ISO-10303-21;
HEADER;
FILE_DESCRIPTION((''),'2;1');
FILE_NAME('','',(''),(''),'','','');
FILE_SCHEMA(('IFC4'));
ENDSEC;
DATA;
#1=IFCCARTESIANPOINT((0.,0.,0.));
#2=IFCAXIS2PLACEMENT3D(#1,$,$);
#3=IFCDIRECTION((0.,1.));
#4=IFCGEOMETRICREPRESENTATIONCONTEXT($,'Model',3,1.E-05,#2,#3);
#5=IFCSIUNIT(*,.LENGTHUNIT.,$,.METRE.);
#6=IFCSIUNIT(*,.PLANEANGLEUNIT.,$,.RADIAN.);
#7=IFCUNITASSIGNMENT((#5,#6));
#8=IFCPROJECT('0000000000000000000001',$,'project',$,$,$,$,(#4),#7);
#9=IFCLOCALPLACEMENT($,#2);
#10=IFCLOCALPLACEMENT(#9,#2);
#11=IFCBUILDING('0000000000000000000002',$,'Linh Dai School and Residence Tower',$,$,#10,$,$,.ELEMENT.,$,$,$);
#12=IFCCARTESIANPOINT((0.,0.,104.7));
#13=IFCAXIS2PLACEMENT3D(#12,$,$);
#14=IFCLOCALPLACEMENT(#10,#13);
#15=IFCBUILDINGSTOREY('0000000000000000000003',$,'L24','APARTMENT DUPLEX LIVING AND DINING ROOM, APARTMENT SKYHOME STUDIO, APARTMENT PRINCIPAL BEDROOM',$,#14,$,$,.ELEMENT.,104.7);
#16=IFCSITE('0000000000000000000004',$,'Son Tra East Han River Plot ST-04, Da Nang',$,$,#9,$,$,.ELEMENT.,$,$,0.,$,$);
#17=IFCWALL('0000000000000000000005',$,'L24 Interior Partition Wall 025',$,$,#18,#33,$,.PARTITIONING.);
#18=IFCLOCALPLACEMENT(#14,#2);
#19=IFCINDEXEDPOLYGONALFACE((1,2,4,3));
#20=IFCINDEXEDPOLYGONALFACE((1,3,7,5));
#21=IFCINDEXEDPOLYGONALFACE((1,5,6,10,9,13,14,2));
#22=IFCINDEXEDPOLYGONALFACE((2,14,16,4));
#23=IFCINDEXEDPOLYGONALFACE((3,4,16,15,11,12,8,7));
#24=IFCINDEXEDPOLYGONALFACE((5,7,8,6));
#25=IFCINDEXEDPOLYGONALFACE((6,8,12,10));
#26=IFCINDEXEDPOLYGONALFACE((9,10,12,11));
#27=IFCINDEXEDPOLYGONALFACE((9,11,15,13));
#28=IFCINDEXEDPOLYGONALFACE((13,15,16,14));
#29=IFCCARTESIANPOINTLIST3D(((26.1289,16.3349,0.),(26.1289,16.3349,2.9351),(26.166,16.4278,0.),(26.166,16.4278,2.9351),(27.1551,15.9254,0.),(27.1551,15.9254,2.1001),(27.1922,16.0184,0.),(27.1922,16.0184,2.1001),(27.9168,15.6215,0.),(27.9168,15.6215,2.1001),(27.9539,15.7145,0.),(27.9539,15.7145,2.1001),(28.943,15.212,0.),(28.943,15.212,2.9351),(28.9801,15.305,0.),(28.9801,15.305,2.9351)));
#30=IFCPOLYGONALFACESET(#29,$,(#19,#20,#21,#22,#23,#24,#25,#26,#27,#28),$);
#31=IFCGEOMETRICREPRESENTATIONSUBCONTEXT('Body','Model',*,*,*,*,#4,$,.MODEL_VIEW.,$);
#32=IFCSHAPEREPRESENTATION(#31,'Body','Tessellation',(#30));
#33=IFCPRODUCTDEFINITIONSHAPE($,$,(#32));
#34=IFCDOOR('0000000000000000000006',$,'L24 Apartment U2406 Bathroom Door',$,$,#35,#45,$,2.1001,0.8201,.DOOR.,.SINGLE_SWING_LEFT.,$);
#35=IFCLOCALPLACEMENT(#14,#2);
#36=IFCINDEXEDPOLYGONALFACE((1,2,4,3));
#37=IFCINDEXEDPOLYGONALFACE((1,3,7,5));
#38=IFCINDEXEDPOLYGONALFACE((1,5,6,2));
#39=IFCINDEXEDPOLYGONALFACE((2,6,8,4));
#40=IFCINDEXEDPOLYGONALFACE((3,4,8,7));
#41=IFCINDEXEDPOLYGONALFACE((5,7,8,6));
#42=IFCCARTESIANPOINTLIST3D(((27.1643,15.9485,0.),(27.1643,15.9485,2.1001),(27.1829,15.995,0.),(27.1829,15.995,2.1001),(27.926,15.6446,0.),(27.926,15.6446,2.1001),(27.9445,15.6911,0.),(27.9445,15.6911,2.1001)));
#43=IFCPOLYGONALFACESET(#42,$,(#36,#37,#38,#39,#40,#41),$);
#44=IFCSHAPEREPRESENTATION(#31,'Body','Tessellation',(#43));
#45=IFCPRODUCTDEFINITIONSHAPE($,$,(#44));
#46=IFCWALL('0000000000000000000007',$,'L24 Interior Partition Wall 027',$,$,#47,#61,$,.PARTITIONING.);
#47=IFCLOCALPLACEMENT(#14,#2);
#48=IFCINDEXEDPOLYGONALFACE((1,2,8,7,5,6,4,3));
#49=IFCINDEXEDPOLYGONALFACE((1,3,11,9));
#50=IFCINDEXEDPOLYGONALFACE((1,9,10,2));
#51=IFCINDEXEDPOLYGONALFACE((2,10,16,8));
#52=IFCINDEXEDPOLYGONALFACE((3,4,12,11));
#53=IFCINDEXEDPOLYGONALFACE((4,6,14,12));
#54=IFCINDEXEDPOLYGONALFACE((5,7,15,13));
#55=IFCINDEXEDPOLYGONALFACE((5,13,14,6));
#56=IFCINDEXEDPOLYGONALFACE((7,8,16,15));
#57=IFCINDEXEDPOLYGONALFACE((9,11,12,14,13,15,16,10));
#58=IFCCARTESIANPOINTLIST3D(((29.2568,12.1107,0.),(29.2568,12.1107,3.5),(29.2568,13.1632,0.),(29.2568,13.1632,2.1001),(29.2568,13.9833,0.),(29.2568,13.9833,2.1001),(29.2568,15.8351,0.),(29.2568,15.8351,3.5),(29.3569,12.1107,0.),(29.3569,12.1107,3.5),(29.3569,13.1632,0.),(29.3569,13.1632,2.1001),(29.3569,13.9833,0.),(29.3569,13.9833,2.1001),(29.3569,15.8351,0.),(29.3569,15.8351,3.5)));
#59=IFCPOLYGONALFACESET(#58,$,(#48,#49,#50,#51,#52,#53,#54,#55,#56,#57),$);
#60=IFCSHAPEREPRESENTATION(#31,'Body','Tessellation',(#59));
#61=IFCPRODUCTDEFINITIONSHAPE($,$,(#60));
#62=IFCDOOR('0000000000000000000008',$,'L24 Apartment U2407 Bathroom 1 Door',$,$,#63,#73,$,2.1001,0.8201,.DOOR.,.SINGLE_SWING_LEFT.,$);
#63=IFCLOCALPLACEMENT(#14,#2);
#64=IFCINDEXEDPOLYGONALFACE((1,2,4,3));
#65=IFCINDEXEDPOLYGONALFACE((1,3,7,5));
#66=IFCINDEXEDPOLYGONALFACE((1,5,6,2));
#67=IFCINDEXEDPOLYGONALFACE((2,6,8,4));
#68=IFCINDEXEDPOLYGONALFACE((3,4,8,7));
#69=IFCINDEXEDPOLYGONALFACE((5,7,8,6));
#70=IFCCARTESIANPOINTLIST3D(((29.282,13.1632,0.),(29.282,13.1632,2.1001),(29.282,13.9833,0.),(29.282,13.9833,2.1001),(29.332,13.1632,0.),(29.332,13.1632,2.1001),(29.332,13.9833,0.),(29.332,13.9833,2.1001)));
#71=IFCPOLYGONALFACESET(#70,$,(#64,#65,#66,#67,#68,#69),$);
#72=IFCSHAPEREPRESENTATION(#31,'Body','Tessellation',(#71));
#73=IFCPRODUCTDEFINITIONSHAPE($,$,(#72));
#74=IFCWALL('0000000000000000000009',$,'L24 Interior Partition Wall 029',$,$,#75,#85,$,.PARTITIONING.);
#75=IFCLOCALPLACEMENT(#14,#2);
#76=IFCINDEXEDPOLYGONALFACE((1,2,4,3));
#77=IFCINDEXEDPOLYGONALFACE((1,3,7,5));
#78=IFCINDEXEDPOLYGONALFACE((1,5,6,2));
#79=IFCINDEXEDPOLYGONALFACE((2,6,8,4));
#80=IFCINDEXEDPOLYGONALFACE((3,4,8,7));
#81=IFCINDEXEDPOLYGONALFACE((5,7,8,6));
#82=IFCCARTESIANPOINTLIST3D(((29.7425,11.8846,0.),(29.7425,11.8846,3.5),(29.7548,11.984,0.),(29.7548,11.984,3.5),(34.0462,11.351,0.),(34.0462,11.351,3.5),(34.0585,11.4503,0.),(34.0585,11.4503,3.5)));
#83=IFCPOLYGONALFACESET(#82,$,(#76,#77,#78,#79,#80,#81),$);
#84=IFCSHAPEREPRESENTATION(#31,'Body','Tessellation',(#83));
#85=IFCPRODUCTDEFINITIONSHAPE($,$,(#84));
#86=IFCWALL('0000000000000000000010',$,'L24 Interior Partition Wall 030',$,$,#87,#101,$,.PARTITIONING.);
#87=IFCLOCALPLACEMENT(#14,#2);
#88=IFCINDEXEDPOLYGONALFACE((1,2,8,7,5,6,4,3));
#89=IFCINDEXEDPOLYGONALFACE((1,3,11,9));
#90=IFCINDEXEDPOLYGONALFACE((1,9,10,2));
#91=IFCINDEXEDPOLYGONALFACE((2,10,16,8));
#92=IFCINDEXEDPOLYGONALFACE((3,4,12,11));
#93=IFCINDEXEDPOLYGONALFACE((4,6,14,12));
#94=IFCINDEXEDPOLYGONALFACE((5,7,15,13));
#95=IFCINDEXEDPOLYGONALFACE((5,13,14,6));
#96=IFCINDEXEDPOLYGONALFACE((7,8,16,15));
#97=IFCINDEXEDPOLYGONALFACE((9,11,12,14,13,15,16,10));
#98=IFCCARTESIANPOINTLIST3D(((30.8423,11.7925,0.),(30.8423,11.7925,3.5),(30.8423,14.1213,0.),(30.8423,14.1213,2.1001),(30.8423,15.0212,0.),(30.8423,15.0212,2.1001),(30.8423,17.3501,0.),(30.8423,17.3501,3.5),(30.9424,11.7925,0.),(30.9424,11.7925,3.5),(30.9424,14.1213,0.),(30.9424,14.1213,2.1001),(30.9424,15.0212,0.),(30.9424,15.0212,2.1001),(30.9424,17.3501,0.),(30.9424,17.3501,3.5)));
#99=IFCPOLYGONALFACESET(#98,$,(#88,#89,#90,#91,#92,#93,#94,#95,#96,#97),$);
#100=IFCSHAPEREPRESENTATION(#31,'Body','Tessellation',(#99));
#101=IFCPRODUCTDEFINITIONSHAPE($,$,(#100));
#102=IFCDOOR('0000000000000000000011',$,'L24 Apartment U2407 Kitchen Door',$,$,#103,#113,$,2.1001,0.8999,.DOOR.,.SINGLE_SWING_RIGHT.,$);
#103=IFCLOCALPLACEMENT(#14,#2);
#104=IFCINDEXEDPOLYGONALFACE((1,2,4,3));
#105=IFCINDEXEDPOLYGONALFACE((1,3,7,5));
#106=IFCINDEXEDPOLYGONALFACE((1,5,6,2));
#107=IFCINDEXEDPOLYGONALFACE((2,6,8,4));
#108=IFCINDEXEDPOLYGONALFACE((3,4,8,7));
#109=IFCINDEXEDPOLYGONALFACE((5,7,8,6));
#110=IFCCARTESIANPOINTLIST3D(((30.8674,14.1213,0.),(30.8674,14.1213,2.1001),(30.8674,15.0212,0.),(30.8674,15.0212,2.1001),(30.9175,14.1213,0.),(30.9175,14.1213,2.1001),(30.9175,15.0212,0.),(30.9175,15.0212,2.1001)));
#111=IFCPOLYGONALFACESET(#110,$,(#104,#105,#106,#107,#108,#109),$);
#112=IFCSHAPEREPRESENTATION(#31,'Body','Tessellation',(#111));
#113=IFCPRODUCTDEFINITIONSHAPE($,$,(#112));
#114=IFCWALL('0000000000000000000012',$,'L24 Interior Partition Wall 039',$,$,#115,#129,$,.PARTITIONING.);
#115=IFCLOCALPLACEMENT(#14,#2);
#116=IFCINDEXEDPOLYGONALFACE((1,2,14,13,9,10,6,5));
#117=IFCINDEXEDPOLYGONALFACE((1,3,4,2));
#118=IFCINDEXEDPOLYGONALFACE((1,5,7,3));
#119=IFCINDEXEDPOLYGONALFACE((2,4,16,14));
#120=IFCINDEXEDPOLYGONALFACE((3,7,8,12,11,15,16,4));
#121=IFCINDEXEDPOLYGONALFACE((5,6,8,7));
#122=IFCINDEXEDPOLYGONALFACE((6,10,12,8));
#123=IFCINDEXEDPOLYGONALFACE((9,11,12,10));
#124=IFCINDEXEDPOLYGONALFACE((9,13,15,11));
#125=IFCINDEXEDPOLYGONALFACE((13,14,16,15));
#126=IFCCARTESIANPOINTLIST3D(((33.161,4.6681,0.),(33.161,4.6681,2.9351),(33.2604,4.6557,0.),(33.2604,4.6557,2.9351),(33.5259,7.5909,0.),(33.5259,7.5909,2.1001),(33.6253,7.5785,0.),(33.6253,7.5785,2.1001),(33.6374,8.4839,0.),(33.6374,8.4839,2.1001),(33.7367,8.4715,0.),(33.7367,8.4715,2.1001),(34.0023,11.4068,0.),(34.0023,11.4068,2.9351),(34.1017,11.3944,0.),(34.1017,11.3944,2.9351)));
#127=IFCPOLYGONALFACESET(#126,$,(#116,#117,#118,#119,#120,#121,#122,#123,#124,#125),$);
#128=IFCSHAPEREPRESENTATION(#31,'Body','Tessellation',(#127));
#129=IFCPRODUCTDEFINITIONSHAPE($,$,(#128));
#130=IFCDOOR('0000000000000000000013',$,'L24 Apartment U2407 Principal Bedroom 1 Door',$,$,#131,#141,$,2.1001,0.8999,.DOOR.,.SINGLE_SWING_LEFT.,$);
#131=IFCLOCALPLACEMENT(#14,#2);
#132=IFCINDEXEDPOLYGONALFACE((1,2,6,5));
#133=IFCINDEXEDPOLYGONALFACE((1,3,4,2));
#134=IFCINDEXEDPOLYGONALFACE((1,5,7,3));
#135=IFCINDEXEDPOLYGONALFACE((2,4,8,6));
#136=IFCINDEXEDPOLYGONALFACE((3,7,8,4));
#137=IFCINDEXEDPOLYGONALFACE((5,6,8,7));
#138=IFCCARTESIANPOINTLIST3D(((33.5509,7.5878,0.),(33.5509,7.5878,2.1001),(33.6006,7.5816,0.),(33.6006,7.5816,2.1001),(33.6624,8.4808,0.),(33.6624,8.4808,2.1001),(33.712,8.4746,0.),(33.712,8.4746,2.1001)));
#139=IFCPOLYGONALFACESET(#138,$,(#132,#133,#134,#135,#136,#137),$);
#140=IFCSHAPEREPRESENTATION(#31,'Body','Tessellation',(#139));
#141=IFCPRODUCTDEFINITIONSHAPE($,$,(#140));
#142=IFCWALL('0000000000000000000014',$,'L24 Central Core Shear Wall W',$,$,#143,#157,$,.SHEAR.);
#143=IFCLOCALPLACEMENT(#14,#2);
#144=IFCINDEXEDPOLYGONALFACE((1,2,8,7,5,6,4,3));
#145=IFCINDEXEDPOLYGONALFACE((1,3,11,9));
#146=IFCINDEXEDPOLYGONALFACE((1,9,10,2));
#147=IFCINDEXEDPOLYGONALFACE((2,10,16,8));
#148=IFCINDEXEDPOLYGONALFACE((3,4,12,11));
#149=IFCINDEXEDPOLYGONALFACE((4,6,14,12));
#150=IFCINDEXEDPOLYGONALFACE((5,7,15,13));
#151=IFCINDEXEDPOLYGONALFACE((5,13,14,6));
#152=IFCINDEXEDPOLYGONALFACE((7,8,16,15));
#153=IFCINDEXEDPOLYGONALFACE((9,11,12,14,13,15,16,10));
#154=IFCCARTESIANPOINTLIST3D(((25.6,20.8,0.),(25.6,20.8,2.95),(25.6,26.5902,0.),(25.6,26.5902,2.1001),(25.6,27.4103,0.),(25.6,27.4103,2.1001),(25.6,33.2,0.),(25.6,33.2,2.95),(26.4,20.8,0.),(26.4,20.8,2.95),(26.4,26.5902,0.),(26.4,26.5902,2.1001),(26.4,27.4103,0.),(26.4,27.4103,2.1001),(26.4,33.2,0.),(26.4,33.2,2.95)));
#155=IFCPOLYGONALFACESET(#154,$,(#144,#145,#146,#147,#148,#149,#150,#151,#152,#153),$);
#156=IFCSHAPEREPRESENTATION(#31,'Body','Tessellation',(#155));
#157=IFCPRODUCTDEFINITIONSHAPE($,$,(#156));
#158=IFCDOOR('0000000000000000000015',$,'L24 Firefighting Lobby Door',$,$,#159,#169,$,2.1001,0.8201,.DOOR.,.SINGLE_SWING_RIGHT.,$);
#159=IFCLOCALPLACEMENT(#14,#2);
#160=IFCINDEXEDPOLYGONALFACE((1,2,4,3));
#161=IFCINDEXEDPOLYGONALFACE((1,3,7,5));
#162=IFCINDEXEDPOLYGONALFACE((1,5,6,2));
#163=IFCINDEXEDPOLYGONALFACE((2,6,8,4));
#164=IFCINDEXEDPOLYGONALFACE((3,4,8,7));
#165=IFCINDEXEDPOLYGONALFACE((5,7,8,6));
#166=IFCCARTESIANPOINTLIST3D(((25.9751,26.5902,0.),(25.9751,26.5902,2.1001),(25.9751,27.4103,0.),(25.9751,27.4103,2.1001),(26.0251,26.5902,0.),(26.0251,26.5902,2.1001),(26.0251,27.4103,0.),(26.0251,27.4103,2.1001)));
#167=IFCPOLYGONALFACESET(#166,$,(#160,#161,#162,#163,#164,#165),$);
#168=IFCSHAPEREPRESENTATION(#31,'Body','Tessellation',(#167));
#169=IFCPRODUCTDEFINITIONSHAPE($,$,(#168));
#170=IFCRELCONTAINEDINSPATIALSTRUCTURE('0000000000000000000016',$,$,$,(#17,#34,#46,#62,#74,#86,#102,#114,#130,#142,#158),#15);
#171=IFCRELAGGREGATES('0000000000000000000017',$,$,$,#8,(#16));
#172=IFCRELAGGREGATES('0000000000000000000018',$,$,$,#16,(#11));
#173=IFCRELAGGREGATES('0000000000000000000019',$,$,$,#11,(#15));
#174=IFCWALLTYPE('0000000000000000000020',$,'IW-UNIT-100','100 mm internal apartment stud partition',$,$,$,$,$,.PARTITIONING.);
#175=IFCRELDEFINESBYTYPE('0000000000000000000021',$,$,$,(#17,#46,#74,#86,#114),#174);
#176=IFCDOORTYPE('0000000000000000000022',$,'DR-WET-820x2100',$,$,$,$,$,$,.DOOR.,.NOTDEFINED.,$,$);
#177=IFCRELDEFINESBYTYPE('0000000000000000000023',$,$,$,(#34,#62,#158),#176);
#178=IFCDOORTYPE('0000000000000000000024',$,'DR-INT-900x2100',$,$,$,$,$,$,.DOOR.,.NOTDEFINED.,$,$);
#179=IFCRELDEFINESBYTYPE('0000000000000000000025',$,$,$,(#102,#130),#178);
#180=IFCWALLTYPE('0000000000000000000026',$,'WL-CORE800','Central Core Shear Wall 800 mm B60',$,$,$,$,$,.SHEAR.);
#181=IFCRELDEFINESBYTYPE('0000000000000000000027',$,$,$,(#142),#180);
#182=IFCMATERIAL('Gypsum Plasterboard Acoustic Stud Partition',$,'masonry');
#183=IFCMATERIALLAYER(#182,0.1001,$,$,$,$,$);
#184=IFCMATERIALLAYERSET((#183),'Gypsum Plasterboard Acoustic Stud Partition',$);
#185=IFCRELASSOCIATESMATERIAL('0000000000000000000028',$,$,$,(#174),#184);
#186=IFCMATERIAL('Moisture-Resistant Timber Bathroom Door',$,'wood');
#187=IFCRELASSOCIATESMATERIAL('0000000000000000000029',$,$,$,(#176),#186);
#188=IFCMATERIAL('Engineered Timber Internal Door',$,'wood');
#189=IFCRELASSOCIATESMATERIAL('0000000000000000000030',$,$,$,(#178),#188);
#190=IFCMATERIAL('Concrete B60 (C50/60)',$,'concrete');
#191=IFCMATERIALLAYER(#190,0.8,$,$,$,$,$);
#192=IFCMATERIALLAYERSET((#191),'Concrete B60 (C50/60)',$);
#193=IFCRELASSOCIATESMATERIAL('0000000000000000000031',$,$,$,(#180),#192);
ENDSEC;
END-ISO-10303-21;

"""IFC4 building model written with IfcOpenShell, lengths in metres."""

from ifc_helpers import new_model, si_unit, direction, frame, frame_2d, origin, origin_2d, place, context, subcontext, project, spatial, rectangle, extrude, source, transform, mapped, material, layer, layer_set, type_object, element, fill, save


model = new_model("IFC4")

# Units and contexts
model_context = context("Model", 3, precision=1e-05, world=origin(), true_north=direction((0.0, 1.0)))
body_context = subcontext(model_context, "Body", "Model", "MODEL_VIEW")
ifc_project = project(units=[si_unit("LENGTHUNIT", "METRE"), si_unit("PLANEANGLEUNIT", "RADIAN")], contexts=[model_context])

# Site, building, storey
site_placement = place(None, origin())
site = spatial("IfcSite", under=ifc_project, at=site_placement, Name="Son Tra East Han River Plot ST-04, Da Nang", CompositionType="ELEMENT", RefElevation=0.0)
building_placement = place(site_placement, origin())
building = spatial("IfcBuilding", under=site, at=building_placement, Name="Linh Dai School and Residence Tower", CompositionType="ELEMENT")
storey_placement = place(building_placement, frame((0.0, 0.0, 104.7)))
storey = spatial("IfcBuildingStorey", under=building, at=storey_placement, Name="L24", Description="APARTMENT DUPLEX LIVING AND DINING ROOM, APARTMENT SKYHOME STUDIO, APARTMENT PRINCIPAL BEDROOM", CompositionType="ELEMENT", Elevation=104.7)

# Walls, openings, doors
ifc_material_1 = material(Name="Gypsum Plasterboard Acoustic Stud Partition", Category="masonry")
ifc_layer_1 = layer(ifc_material_1, 0.1001)
ifc_layer_set_1 = layer_set([ifc_layer_1], Name="Gypsum Plasterboard Acoustic Stud Partition")
wall_type_1 = type_object("IfcWallType", Name="IW-UNIT-100", Description="100 mm internal apartment stud partition", PredefinedType="PARTITIONING", material=ifc_layer_set_1)
wall_1_placement = place(storey_placement, frame((26.1475, 16.3813, 0.0), z_axis=(0.0, 0.0, 1.0), x_axis=(0.928793, -0.370599, 0.0)))
wall_1 = element("IfcWall", 1, at=wall_1_placement, inside=storey, type_object=wall_type_1, Name="L24 Interior Partition Wall 025", PredefinedType="PARTITIONING", context=body_context, shape_type="SweptSolid", body=[
    extrude(rectangle(XDim=3.0298, YDim=0.1001, at=frame_2d((1.5149, 0.0))), origin(), (0.0, 0.0, 1.0), 2.9351),
])
opening_1_placement = place(wall_1_placement, frame((1.1047, 0.0, 0.0)))
opening_1 = element("IfcOpeningElement", 2, at=opening_1_placement, cuts=wall_1, PredefinedType="OPENING", context=body_context, shape_type="SweptSolid", body=[
    extrude(rectangle(XDim=0.8201, YDim=2.1001, at=origin_2d()), frame((0.4102, 0.0601, 1.05), z_axis=(0.0, -1.0, 0.0), x_axis=(1.0, 0.0, 0.0)), (0.0, 0.0, 1.0), 0.1201),
])
ifc_material_2 = material(Name="Moisture-Resistant Timber Bathroom Door", Category="wood")
door_type_1 = type_object("IfcDoorType", Name="DR-WET-820x2100", OperationType="NOTDEFINED", PredefinedType="DOOR", material=ifc_material_2)
shared_shape_1 = source(origin(), body_context, "Body", "SweptSolid", [
    extrude(rectangle(XDim=0.8201, YDim=2.1001, at=origin_2d()), frame((0.4102, 0.0249, 1.05), z_axis=(0.0, -1.0, 0.0), x_axis=(1.0, 0.0, 0.0)), (0.0, 0.0, 1.0), 0.05),
])
door_1_placement = place(opening_1_placement, origin())
door_1 = element("IfcDoor", 3, at=door_1_placement, inside=storey, type_object=door_type_1, Name="L24 Apartment U2406 Bathroom Door", OperationType="SINGLE_SWING_LEFT", OverallHeight=2.1001, OverallWidth=0.8201, PredefinedType="DOOR", context=body_context, shape_type="MappedRepresentation", body=[
    mapped(shared_shape_1, transform((0.0, 0.0, 0.0), x_axis=(1.0, 0.0, 0.0), y_axis=(0.0, 1.0, 0.0), z_axis=(0.0, 0.0, 1.0), scale=1.0)),
])
fill(opening_1, door_1)
wall_2_placement = place(storey_placement, frame((29.3069, 12.1106, 0.0), z_axis=(0.0, 0.0, 1.0), x_axis=(0.0, 1.0, 0.0)))
wall_2 = element("IfcWall", 4, at=wall_2_placement, inside=storey, type_object=wall_type_1, Name="L24 Interior Partition Wall 027", PredefinedType="PARTITIONING", context=body_context, shape_type="SweptSolid", body=[
    extrude(rectangle(XDim=3.7244, YDim=0.1001, at=frame_2d((1.8623, 0.0))), origin(), (0.0, 0.0, 1.0), 3.5),
])
opening_2_placement = place(wall_2_placement, frame((1.0525, 0.0, 0.0)))
opening_2 = element("IfcOpeningElement", 5, at=opening_2_placement, cuts=wall_2, PredefinedType="OPENING", context=body_context, shape_type="SweptSolid", body=[
    extrude(rectangle(XDim=0.8201, YDim=2.1001, at=origin_2d()), frame((0.4102, 0.0601, 1.05), z_axis=(0.0, -1.0, 0.0), x_axis=(1.0, 0.0, 0.0)), (0.0, 0.0, 1.0), 0.1201),
])
door_2_placement = place(opening_2_placement, origin())
door_2 = element("IfcDoor", 6, at=door_2_placement, inside=storey, type_object=door_type_1, Name="L24 Apartment U2407 Bathroom 1 Door", OperationType="SINGLE_SWING_LEFT", OverallHeight=2.1001, OverallWidth=0.8201, PredefinedType="DOOR", context=body_context, shape_type="MappedRepresentation", body=[
    mapped(shared_shape_1, transform((0.0, 0.0, 0.0), x_axis=(1.0, 0.0, 0.0), y_axis=(0.0, 1.0, 0.0), z_axis=(0.0, 0.0, 1.0), scale=1.0)),
])
fill(opening_2, door_2)

# Wall
wall_3_placement = place(storey_placement, frame((29.7485, 11.9343, 0.0), z_axis=(0.0, 0.0, 1.0), x_axis=(0.992399, -0.123065, 0.0)))
element("IfcWall", 7, at=wall_3_placement, inside=storey, type_object=wall_type_1, Name="L24 Interior Partition Wall 029", PredefinedType="PARTITIONING", context=body_context, shape_type="SweptSolid", body=[
    extrude(rectangle(XDim=4.3367, YDim=0.1001, at=frame_2d((2.1685, 0.0))), origin(), (0.0, 0.0, 1.0), 3.5),
])

# Walls, openings, doors
wall_4_placement = place(storey_placement, frame((30.8923, 11.7925, 0.0), z_axis=(0.0, 0.0, 1.0), x_axis=(0.0, 1.0, 0.0)))
wall_4 = element("IfcWall", 8, at=wall_4_placement, inside=storey, type_object=wall_type_1, Name="L24 Interior Partition Wall 030", PredefinedType="PARTITIONING", context=body_context, shape_type="SweptSolid", body=[
    extrude(rectangle(XDim=5.5576, YDim=0.1001, at=frame_2d((2.7788, 0.0))), origin(), (0.0, 0.0, 1.0), 3.5),
])
opening_3_placement = place(wall_4_placement, frame((2.3289, 0.0, 0.0)))
opening_3 = element("IfcOpeningElement", 9, at=opening_3_placement, cuts=wall_4, PredefinedType="OPENING", context=body_context, shape_type="SweptSolid", body=[
    extrude(rectangle(XDim=0.8999, YDim=2.1001, at=origin_2d()), frame((0.45, 0.0601, 1.05), z_axis=(0.0, -1.0, 0.0), x_axis=(1.0, 0.0, 0.0)), (0.0, 0.0, 1.0), 0.1201),
])
ifc_material_3 = material(Name="Engineered Timber Internal Door", Category="wood")
door_type_2 = type_object("IfcDoorType", Name="DR-INT-900x2100", OperationType="NOTDEFINED", PredefinedType="DOOR", material=ifc_material_3)
shared_shape_2 = source(origin(), body_context, "Body", "SweptSolid", [
    extrude(rectangle(XDim=0.8999, YDim=2.1001, at=origin_2d()), frame((0.45, 0.0249, 1.05), z_axis=(0.0, -1.0, 0.0), x_axis=(1.0, 0.0, 0.0)), (0.0, 0.0, 1.0), 0.05),
])
door_3_placement = place(opening_3_placement, origin())
door_3 = element("IfcDoor", 10, at=door_3_placement, inside=storey, type_object=door_type_2, Name="L24 Apartment U2407 Kitchen Door", OperationType="SINGLE_SWING_RIGHT", OverallHeight=2.1001, OverallWidth=0.8999, PredefinedType="DOOR", context=body_context, shape_type="MappedRepresentation", body=[
    mapped(shared_shape_2, transform((0.0, 0.0, 0.0), x_axis=(1.0, 0.0, 0.0), y_axis=(0.0, 1.0, 0.0), z_axis=(0.0, 0.0, 1.0), scale=1.0)),
])
fill(opening_3, door_3)
wall_5_placement = place(storey_placement, frame((33.2107, 4.6619, 0.0), z_axis=(0.0, 0.0, 1.0), x_axis=(0.123884, 0.992297, 0.0)))
wall_5 = element("IfcWall", 11, at=wall_5_placement, inside=storey, type_object=wall_type_1, Name="L24 Interior Partition Wall 039", PredefinedType="PARTITIONING", context=body_context, shape_type="SweptSolid", body=[
    extrude(rectangle(XDim=6.791, YDim=0.1001, at=frame_2d((3.3955, 0.0))), origin(), (0.0, 0.0, 1.0), 2.9351),
])
opening_4_placement = place(wall_5_placement, frame((2.9456, 0.0, 0.0)))
opening_4 = element("IfcOpeningElement", 12, at=opening_4_placement, cuts=wall_5, PredefinedType="OPENING", context=body_context, shape_type="SweptSolid", body=[
    extrude(rectangle(XDim=0.8999, YDim=2.1001, at=origin_2d()), frame((0.45, 0.0601, 1.05), z_axis=(0.0, -1.0, 0.0), x_axis=(1.0, 0.0, 0.0)), (0.0, 0.0, 1.0), 0.1201),
])
door_4_placement = place(opening_4_placement, origin())
door_4 = element("IfcDoor", 13, at=door_4_placement, inside=storey, type_object=door_type_2, Name="L24 Apartment U2407 Principal Bedroom 1 Door", OperationType="SINGLE_SWING_LEFT", OverallHeight=2.1001, OverallWidth=0.8999, PredefinedType="DOOR", context=body_context, shape_type="MappedRepresentation", body=[
    mapped(shared_shape_2, transform((0.0, 0.0, 0.0), x_axis=(1.0, 0.0, 0.0), y_axis=(0.0, 1.0, 0.0), z_axis=(0.0, 0.0, 1.0), scale=1.0)),
])
fill(opening_4, door_4)
ifc_material_4 = material(Name="Concrete B60 (C50/60)", Category="concrete")
ifc_layer_2 = layer(ifc_material_4, 0.8)
ifc_layer_set_2 = layer_set([ifc_layer_2], Name="Concrete B60 (C50/60)")
wall_type_2 = type_object("IfcWallType", Name="WL-CORE800", Description="Central Core Shear Wall 800 mm B60", PredefinedType="SHEAR", material=ifc_layer_set_2)
wall_6_placement = place(storey_placement, frame((26.0, 20.8, 0.0), z_axis=(0.0, 0.0, 1.0), x_axis=(0.0, 1.0, 0.0)))
wall_6 = element("IfcWall", 14, at=wall_6_placement, inside=storey, type_object=wall_type_2, Name="L24 Central Core Shear Wall W", PredefinedType="SHEAR", context=body_context, shape_type="SweptSolid", body=[
    extrude(rectangle(XDim=12.3999, YDim=0.8, at=frame_2d((6.2, 0.0))), origin(), (0.0, 0.0, 1.0), 2.95),
])
opening_5_placement = place(wall_6_placement, frame((5.79, 0.0, 0.0)))
opening_5 = element("IfcOpeningElement", 15, at=opening_5_placement, cuts=wall_6, PredefinedType="OPENING", context=body_context, shape_type="SweptSolid", body=[
    extrude(rectangle(XDim=0.8201, YDim=2.1001, at=origin_2d()), frame((0.4102, 0.4102, 1.05), z_axis=(0.0, -1.0, 0.0), x_axis=(1.0, 0.0, 0.0)), (0.0, 0.0, 1.0), 0.8201),
])
door_5_placement = place(opening_5_placement, origin())
door_5 = element("IfcDoor", 16, at=door_5_placement, inside=storey, type_object=door_type_1, Name="L24 Firefighting Lobby Door", OperationType="SINGLE_SWING_RIGHT", OverallHeight=2.1001, OverallWidth=0.8201, PredefinedType="DOOR", context=body_context, shape_type="MappedRepresentation", body=[
    mapped(shared_shape_1, transform((0.0, 0.0, 0.0), x_axis=(1.0, 0.0, 0.0), y_axis=(0.0, 1.0, 0.0), z_axis=(0.0, 0.0, 1.0), scale=1.0)),
])
fill(opening_5, door_5)

save(model, "model.ifc")
